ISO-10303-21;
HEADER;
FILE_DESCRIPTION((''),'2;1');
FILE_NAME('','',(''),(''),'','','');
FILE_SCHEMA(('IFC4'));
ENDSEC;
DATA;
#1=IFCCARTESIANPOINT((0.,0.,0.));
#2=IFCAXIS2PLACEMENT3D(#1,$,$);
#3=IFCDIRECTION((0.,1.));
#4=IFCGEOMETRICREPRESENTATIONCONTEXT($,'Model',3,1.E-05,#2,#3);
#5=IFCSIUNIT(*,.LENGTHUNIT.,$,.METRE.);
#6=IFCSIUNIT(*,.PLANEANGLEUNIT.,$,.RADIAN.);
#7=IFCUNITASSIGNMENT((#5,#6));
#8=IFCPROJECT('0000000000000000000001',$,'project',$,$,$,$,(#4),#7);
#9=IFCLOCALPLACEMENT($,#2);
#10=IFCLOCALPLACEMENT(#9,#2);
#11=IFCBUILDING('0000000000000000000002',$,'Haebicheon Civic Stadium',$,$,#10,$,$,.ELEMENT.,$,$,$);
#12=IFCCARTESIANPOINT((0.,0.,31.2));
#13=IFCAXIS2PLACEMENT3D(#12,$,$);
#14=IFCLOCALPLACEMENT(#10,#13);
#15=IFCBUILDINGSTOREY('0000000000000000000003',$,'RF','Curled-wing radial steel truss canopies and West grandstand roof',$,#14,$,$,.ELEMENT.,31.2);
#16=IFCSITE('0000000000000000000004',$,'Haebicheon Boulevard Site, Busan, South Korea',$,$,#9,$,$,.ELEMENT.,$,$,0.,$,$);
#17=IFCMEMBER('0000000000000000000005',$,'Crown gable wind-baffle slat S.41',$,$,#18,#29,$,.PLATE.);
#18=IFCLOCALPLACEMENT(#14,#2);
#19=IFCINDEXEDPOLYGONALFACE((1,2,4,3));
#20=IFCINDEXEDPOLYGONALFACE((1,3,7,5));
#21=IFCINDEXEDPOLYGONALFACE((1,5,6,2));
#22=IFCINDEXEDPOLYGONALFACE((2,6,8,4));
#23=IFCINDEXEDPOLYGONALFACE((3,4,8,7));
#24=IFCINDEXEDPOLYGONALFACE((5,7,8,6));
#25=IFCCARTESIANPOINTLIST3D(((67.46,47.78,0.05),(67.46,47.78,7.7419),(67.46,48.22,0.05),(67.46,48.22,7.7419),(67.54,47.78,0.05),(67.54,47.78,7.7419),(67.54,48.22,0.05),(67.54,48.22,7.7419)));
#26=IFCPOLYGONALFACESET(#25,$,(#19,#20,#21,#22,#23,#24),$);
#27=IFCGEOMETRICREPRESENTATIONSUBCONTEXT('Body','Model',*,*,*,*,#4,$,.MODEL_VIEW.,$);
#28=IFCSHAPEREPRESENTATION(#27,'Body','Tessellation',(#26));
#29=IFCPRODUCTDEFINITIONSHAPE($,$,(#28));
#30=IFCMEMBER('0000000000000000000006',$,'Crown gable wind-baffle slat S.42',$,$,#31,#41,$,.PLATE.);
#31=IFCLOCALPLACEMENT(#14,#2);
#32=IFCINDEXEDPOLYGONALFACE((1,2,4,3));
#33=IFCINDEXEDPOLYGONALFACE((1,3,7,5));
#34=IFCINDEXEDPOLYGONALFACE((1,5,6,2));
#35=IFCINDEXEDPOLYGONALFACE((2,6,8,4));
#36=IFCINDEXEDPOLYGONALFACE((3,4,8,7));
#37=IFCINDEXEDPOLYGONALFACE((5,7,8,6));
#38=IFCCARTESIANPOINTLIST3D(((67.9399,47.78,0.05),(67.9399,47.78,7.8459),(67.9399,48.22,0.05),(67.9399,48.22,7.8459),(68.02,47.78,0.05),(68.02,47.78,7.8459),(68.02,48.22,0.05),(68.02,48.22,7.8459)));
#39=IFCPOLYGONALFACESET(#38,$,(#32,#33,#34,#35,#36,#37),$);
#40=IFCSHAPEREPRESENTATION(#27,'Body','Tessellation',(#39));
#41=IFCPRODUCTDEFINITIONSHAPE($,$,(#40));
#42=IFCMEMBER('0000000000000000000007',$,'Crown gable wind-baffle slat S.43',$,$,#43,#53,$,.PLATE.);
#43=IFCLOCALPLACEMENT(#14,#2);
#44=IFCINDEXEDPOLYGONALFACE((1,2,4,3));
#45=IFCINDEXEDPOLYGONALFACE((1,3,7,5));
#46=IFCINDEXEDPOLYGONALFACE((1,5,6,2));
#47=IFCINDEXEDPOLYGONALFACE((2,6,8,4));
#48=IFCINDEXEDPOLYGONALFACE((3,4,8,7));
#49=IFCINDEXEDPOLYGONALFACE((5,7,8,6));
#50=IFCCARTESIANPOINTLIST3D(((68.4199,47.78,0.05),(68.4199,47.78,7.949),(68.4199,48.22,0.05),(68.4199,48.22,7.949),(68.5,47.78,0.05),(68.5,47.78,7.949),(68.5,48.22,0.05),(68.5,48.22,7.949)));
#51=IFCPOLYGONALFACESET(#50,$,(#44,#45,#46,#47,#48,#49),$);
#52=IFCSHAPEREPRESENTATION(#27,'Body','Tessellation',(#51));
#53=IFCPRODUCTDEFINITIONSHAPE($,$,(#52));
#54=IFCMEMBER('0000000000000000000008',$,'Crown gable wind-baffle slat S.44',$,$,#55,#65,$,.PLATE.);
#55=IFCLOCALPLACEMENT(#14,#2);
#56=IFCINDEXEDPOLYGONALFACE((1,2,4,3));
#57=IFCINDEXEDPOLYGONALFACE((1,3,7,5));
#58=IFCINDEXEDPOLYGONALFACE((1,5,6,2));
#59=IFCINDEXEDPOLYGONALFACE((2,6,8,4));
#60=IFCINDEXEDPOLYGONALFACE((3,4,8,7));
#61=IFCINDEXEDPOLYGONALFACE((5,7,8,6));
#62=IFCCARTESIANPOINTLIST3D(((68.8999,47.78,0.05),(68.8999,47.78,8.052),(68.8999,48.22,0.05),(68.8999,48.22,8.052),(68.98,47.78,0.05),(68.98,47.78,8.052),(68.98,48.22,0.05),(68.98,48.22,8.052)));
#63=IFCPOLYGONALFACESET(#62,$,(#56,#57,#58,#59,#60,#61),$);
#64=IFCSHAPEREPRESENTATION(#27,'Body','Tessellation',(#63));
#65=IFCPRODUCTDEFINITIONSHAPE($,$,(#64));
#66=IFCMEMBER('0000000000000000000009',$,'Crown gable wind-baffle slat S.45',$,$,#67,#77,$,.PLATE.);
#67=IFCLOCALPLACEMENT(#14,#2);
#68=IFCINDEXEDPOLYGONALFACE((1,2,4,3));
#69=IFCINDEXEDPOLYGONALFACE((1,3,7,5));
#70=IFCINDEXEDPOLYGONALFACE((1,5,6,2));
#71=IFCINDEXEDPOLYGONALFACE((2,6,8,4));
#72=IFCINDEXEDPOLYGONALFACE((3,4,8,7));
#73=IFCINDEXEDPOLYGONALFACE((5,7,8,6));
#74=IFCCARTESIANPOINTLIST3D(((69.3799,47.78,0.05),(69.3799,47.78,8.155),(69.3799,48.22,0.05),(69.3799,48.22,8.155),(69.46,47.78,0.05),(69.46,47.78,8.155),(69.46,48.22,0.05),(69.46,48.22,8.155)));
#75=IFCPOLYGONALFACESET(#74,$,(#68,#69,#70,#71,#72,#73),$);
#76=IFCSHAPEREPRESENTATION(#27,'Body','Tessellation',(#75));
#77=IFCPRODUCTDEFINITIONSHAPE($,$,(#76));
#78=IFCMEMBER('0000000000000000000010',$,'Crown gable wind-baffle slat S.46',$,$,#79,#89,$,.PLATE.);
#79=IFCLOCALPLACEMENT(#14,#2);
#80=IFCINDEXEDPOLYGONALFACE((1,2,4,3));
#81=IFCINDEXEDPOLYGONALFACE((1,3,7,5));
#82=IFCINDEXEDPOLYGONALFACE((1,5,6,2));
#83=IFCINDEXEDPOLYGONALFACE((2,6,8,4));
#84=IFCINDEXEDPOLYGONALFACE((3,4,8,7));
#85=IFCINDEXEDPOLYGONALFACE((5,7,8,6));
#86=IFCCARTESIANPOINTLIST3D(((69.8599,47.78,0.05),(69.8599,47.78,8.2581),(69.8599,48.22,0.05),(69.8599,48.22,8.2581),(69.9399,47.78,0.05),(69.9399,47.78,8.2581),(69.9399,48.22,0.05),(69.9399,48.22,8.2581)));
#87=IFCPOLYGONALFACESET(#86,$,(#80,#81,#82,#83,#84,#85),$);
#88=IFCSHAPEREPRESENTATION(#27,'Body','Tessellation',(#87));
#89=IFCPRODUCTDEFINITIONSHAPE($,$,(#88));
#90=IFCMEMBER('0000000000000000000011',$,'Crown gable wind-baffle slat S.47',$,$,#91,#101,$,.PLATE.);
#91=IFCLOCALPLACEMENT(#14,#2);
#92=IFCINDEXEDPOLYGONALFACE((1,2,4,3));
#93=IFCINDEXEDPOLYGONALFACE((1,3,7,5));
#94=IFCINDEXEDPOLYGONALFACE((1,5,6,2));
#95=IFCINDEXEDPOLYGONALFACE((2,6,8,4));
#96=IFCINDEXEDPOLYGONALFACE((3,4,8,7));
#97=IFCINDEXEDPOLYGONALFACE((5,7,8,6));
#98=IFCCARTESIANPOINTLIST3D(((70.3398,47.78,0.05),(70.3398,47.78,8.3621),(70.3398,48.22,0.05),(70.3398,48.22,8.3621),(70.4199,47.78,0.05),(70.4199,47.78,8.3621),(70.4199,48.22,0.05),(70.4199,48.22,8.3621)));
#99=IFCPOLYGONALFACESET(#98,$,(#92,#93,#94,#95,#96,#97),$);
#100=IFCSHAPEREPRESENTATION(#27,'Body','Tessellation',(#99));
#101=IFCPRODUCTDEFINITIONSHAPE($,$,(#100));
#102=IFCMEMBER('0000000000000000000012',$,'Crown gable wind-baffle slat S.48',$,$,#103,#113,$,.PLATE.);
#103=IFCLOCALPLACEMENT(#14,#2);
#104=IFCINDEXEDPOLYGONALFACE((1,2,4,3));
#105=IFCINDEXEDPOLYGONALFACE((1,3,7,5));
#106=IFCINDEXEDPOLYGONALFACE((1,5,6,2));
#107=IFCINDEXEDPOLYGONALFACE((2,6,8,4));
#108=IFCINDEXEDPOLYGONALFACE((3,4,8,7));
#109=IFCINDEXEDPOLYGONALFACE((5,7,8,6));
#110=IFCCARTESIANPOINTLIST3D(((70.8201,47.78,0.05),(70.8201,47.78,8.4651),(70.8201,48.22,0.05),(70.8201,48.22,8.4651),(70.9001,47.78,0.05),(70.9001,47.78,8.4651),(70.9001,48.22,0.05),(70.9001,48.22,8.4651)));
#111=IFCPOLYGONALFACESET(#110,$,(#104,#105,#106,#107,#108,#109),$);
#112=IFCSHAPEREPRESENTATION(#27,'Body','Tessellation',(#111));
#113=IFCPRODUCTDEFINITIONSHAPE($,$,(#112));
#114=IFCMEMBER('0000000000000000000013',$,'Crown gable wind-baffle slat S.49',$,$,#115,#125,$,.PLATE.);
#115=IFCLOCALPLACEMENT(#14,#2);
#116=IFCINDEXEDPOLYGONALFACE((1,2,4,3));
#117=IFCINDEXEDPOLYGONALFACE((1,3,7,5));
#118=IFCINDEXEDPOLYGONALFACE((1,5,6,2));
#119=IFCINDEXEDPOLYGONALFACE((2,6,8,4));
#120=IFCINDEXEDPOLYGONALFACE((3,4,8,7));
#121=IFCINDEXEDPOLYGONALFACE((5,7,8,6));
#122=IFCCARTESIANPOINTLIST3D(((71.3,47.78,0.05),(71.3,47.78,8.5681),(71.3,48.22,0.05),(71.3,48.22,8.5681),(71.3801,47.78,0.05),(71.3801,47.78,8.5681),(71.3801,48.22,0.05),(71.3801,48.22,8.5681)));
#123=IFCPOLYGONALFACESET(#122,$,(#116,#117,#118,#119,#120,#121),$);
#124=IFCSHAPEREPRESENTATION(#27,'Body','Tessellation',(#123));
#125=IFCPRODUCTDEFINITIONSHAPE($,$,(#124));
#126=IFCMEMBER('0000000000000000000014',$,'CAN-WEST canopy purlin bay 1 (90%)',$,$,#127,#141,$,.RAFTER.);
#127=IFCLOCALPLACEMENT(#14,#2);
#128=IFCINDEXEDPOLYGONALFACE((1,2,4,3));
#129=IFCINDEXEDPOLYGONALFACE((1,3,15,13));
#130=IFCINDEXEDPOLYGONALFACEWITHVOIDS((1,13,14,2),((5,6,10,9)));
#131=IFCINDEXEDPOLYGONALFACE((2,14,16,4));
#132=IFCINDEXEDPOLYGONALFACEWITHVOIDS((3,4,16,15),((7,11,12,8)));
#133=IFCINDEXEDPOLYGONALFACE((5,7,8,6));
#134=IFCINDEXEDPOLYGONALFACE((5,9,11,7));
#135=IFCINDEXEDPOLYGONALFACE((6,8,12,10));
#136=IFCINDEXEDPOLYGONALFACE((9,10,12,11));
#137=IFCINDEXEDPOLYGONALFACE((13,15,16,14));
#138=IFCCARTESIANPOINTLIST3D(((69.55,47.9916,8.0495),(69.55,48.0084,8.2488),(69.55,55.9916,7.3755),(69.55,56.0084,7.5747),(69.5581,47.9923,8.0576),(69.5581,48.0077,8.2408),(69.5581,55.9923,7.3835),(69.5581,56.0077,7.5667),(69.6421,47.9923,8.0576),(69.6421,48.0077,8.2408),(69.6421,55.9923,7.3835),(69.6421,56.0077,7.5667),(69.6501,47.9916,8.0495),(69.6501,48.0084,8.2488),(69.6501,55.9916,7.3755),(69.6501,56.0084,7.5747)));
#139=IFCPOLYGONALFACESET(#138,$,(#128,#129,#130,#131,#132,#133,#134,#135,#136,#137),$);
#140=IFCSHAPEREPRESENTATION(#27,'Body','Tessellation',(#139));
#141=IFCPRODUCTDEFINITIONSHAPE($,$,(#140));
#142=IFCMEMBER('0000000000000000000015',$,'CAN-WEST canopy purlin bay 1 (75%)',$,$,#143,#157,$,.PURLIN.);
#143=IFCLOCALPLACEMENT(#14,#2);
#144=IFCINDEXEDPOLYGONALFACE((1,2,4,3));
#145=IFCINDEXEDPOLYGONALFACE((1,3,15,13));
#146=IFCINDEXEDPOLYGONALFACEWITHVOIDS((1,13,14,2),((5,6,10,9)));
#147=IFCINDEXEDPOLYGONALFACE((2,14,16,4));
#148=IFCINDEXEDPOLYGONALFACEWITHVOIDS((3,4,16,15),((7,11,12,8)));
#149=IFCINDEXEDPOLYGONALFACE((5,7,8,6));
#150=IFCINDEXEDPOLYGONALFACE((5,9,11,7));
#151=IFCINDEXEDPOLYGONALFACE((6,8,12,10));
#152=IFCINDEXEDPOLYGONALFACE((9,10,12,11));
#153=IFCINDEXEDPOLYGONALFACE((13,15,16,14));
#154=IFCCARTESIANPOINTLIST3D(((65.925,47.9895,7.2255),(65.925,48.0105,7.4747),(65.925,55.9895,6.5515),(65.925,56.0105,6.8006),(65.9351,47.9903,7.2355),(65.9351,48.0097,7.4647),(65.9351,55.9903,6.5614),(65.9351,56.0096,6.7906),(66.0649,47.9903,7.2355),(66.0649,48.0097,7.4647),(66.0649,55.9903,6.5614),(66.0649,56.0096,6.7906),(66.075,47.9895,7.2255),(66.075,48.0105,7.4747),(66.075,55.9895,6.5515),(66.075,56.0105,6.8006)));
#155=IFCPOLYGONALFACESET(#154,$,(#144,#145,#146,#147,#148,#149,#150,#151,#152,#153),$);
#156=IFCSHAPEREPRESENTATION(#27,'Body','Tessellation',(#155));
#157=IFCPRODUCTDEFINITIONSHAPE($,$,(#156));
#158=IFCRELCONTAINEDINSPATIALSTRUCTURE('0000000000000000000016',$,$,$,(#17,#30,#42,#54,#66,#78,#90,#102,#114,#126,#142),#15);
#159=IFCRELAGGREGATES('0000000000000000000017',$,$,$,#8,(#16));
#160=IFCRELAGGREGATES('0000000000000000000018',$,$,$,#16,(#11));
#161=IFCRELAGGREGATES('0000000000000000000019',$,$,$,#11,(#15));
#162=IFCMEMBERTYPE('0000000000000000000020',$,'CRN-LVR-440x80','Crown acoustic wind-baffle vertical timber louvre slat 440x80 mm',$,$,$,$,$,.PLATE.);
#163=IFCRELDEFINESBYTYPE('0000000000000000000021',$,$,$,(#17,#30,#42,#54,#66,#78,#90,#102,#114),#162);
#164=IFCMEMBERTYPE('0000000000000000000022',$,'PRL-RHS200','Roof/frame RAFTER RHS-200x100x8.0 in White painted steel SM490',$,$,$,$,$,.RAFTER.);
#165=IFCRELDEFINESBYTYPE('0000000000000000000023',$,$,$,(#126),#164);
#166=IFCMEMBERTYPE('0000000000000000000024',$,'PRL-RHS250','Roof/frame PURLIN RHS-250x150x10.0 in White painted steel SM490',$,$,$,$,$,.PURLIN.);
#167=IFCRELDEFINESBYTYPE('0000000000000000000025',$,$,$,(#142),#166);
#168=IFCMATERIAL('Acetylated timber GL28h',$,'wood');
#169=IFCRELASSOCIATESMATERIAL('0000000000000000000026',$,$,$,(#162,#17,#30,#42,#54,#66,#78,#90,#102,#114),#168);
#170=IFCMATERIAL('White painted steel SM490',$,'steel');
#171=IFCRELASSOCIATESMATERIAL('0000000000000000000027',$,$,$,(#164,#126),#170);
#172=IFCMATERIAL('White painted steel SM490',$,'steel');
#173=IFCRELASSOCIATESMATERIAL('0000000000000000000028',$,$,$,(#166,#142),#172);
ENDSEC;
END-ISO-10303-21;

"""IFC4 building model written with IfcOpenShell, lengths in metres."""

from ifc_helpers import new_model, si_unit, direction, frame, origin, origin_2d, place, context, subcontext, project, spatial, rectangle, hollow_rectangle, extrude, material, material_profile, profile_set, type_object, element, save


model = new_model("IFC4")

# Units and contexts
model_context = context("Model", 3, precision=1e-05, world=origin(), true_north=direction((0.0, 1.0)))
body_context = subcontext(model_context, "Body", "Model", "MODEL_VIEW")
ifc_project = project(units=[si_unit("LENGTHUNIT", "METRE"), si_unit("PLANEANGLEUNIT", "RADIAN")], contexts=[model_context])

# Site, building, storey
site_placement = place(None, origin())
site = spatial("IfcSite", under=ifc_project, at=site_placement, Name="Haebicheon Boulevard Site, Busan, South Korea", CompositionType="ELEMENT", RefElevation=0.0)
building_placement = place(site_placement, origin())
building = spatial("IfcBuilding", under=site, at=building_placement, Name="Haebicheon Civic Stadium", CompositionType="ELEMENT")
storey_placement = place(building_placement, frame((0.0, 0.0, 31.2)))
storey = spatial("IfcBuildingStorey", under=building, at=storey_placement, Name="RF", Description="Curled-wing radial steel truss canopies and West grandstand roof", CompositionType="ELEMENT", Elevation=31.2)

# Members
ifc_material_1 = material(Name="Acetylated timber GL28h", Category="wood")
ifc_material_profile_1 = material_profile(ifc_material_1, rectangle(XDim=0.0801, YDim=0.4399, at=origin_2d()), Name="TMB-LOUV-80x440")
ifc_profile_set_1 = profile_set([ifc_material_profile_1], Name="Acetylated timber GL28h")
member_type_1 = type_object("IfcMemberType", Name="CRN-LVR-440x80", Description="Crown acoustic wind-baffle vertical timber louvre slat 440x80 mm", PredefinedType="PLATE", material=ifc_profile_set_1)
member_1_placement = place(storey_placement, frame((67.5, 48.0, 0.05), z_axis=(0.0, 0.0, 1.0), x_axis=(1.0, 0.0, 0.0)))
element("IfcMember", 1, at=member_1_placement, inside=storey, type_object=member_type_1, material=ifc_profile_set_1, Name="Crown gable wind-baffle slat S.41", PredefinedType="PLATE", context=body_context, shape_type="SweptSolid", body=[
    extrude(rectangle(XDim=0.0801, YDim=0.4399, at=origin_2d()), origin(), (0.0, 0.0, 1.0), 7.6919),
])
member_2_placement = place(storey_placement, frame((67.98, 48.0, 0.05), z_axis=(0.0, 0.0, 1.0), x_axis=(1.0, 0.0, 0.0)))
element("IfcMember", 2, at=member_2_placement, inside=storey, type_object=member_type_1, material=ifc_profile_set_1, Name="Crown gable wind-baffle slat S.42", PredefinedType="PLATE", context=body_context, shape_type="SweptSolid", body=[
    extrude(rectangle(XDim=0.0801, YDim=0.4399, at=origin_2d()), origin(), (0.0, 0.0, 1.0), 7.7959),
])
member_3_placement = place(storey_placement, frame((68.46, 48.0, 0.05), z_axis=(0.0, 0.0, 1.0), x_axis=(1.0, 0.0, 0.0)))
element("IfcMember", 3, at=member_3_placement, inside=storey, type_object=member_type_1, material=ifc_profile_set_1, Name="Crown gable wind-baffle slat S.43", PredefinedType="PLATE", context=body_context, shape_type="SweptSolid", body=[
    extrude(rectangle(XDim=0.0801, YDim=0.4399, at=origin_2d()), origin(), (0.0, 0.0, 1.0), 7.8989),
])
member_4_placement = place(storey_placement, frame((68.9399, 48.0, 0.05), z_axis=(0.0, 0.0, 1.0), x_axis=(1.0, 0.0, 0.0)))
element("IfcMember", 4, at=member_4_placement, inside=storey, type_object=member_type_1, material=ifc_profile_set_1, Name="Crown gable wind-baffle slat S.44", PredefinedType="PLATE", context=body_context, shape_type="SweptSolid", body=[
    extrude(rectangle(XDim=0.0801, YDim=0.4399, at=origin_2d()), origin(), (0.0, 0.0, 1.0), 8.002),
])
member_5_placement = place(storey_placement, frame((69.4199, 48.0, 0.05), z_axis=(0.0, 0.0, 1.0), x_axis=(1.0, 0.0, 0.0)))
element("IfcMember", 5, at=member_5_placement, inside=storey, type_object=member_type_1, material=ifc_profile_set_1, Name="Crown gable wind-baffle slat S.45", PredefinedType="PLATE", context=body_context, shape_type="SweptSolid", body=[
    extrude(rectangle(XDim=0.0801, YDim=0.4399, at=origin_2d()), origin(), (0.0, 0.0, 1.0), 8.105),
])
member_6_placement = place(storey_placement, frame((69.8999, 48.0, 0.05), z_axis=(0.0, 0.0, 1.0), x_axis=(1.0, 0.0, 0.0)))
element("IfcMember", 6, at=member_6_placement, inside=storey, type_object=member_type_1, material=ifc_profile_set_1, Name="Crown gable wind-baffle slat S.46", PredefinedType="PLATE", context=body_context, shape_type="SweptSolid", body=[
    extrude(rectangle(XDim=0.0801, YDim=0.4399, at=origin_2d()), origin(), (0.0, 0.0, 1.0), 8.208),
])
member_7_placement = place(storey_placement, frame((70.3799, 48.0, 0.05), z_axis=(0.0, 0.0, 1.0), x_axis=(1.0, 0.0, 0.0)))
element("IfcMember", 7, at=member_7_placement, inside=storey, type_object=member_type_1, material=ifc_profile_set_1, Name="Crown gable wind-baffle slat S.47", PredefinedType="PLATE", context=body_context, shape_type="SweptSolid", body=[
    extrude(rectangle(XDim=0.0801, YDim=0.4399, at=origin_2d()), origin(), (0.0, 0.0, 1.0), 8.312),
])
member_8_placement = place(storey_placement, frame((70.8601, 48.0, 0.05), z_axis=(0.0, 0.0, 1.0), x_axis=(1.0, 0.0, 0.0)))
element("IfcMember", 8, at=member_8_placement, inside=storey, type_object=member_type_1, material=ifc_profile_set_1, Name="Crown gable wind-baffle slat S.48", PredefinedType="PLATE", context=body_context, shape_type="SweptSolid", body=[
    extrude(rectangle(XDim=0.0801, YDim=0.4399, at=origin_2d()), origin(), (0.0, 0.0, 1.0), 8.415),
])
member_9_placement = place(storey_placement, frame((71.3401, 48.0, 0.05), z_axis=(0.0, 0.0, 1.0), x_axis=(1.0, 0.0, 0.0)))
element("IfcMember", 9, at=member_9_placement, inside=storey, type_object=member_type_1, material=ifc_profile_set_1, Name="Crown gable wind-baffle slat S.49", PredefinedType="PLATE", context=body_context, shape_type="SweptSolid", body=[
    extrude(rectangle(XDim=0.0801, YDim=0.4399, at=origin_2d()), origin(), (0.0, 0.0, 1.0), 8.5181),
])
ifc_material_2 = material(Name="White painted steel SM490", Category="steel")
ifc_material_profile_2 = material_profile(ifc_material_2, hollow_rectangle(XDim=0.1001, YDim=0.2, WallThickness=0.0081, at=origin_2d()), Name="RHS-200x100x8.0")
ifc_profile_set_2 = profile_set([ifc_material_profile_2], Name="White painted steel SM490")
member_type_2 = type_object("IfcMemberType", Name="PRL-RHS200", Description="Roof/frame RAFTER RHS-200x100x8.0 in White painted steel SM490", PredefinedType="RAFTER", material=ifc_profile_set_2)
member_10_placement = place(storey_placement, frame((69.6001, 48.0, 8.1492), z_axis=(0.0, 0.996469, -0.083962), x_axis=(-1.0, 0.0, 0.0)))
element("IfcMember", 10, at=member_10_placement, inside=storey, type_object=member_type_2, material=ifc_profile_set_2, Name="CAN-WEST canopy purlin bay 1 (90%)", PredefinedType="RAFTER", context=body_context, shape_type="SweptSolid", body=[
    extrude(hollow_rectangle(XDim=0.1001, YDim=0.2, WallThickness=0.0081, at=origin_2d()), origin(), (0.0, 0.0, 1.0), 8.0283),
])
ifc_material_3 = material(Name="White painted steel SM490", Category="steel")
ifc_material_profile_3 = material_profile(ifc_material_3, hollow_rectangle(XDim=0.1499, YDim=0.25, WallThickness=0.01, at=origin_2d()), Name="RHS-250x150x10.0")
ifc_profile_set_3 = profile_set([ifc_material_profile_3], Name="White painted steel SM490")
member_type_3 = type_object("IfcMemberType", Name="PRL-RHS250", Description="Roof/frame PURLIN RHS-250x150x10.0 in White painted steel SM490", PredefinedType="PURLIN", material=ifc_profile_set_3)
member_11_placement = place(storey_placement, frame((66.0, 48.0, 7.3501), z_axis=(0.0, 0.996469, -0.083962), x_axis=(-1.0, 0.0, 0.0)))
element("IfcMember", 11, at=member_11_placement, inside=storey, type_object=member_type_3, material=ifc_profile_set_3, Name="CAN-WEST canopy purlin bay 1 (75%)", PredefinedType="PURLIN", context=body_context, shape_type="SweptSolid", body=[
    extrude(hollow_rectangle(XDim=0.1499, YDim=0.25, WallThickness=0.01, at=origin_2d()), origin(), (0.0, 0.0, 1.0), 8.0283),
])

save(model, "model.ifc")
